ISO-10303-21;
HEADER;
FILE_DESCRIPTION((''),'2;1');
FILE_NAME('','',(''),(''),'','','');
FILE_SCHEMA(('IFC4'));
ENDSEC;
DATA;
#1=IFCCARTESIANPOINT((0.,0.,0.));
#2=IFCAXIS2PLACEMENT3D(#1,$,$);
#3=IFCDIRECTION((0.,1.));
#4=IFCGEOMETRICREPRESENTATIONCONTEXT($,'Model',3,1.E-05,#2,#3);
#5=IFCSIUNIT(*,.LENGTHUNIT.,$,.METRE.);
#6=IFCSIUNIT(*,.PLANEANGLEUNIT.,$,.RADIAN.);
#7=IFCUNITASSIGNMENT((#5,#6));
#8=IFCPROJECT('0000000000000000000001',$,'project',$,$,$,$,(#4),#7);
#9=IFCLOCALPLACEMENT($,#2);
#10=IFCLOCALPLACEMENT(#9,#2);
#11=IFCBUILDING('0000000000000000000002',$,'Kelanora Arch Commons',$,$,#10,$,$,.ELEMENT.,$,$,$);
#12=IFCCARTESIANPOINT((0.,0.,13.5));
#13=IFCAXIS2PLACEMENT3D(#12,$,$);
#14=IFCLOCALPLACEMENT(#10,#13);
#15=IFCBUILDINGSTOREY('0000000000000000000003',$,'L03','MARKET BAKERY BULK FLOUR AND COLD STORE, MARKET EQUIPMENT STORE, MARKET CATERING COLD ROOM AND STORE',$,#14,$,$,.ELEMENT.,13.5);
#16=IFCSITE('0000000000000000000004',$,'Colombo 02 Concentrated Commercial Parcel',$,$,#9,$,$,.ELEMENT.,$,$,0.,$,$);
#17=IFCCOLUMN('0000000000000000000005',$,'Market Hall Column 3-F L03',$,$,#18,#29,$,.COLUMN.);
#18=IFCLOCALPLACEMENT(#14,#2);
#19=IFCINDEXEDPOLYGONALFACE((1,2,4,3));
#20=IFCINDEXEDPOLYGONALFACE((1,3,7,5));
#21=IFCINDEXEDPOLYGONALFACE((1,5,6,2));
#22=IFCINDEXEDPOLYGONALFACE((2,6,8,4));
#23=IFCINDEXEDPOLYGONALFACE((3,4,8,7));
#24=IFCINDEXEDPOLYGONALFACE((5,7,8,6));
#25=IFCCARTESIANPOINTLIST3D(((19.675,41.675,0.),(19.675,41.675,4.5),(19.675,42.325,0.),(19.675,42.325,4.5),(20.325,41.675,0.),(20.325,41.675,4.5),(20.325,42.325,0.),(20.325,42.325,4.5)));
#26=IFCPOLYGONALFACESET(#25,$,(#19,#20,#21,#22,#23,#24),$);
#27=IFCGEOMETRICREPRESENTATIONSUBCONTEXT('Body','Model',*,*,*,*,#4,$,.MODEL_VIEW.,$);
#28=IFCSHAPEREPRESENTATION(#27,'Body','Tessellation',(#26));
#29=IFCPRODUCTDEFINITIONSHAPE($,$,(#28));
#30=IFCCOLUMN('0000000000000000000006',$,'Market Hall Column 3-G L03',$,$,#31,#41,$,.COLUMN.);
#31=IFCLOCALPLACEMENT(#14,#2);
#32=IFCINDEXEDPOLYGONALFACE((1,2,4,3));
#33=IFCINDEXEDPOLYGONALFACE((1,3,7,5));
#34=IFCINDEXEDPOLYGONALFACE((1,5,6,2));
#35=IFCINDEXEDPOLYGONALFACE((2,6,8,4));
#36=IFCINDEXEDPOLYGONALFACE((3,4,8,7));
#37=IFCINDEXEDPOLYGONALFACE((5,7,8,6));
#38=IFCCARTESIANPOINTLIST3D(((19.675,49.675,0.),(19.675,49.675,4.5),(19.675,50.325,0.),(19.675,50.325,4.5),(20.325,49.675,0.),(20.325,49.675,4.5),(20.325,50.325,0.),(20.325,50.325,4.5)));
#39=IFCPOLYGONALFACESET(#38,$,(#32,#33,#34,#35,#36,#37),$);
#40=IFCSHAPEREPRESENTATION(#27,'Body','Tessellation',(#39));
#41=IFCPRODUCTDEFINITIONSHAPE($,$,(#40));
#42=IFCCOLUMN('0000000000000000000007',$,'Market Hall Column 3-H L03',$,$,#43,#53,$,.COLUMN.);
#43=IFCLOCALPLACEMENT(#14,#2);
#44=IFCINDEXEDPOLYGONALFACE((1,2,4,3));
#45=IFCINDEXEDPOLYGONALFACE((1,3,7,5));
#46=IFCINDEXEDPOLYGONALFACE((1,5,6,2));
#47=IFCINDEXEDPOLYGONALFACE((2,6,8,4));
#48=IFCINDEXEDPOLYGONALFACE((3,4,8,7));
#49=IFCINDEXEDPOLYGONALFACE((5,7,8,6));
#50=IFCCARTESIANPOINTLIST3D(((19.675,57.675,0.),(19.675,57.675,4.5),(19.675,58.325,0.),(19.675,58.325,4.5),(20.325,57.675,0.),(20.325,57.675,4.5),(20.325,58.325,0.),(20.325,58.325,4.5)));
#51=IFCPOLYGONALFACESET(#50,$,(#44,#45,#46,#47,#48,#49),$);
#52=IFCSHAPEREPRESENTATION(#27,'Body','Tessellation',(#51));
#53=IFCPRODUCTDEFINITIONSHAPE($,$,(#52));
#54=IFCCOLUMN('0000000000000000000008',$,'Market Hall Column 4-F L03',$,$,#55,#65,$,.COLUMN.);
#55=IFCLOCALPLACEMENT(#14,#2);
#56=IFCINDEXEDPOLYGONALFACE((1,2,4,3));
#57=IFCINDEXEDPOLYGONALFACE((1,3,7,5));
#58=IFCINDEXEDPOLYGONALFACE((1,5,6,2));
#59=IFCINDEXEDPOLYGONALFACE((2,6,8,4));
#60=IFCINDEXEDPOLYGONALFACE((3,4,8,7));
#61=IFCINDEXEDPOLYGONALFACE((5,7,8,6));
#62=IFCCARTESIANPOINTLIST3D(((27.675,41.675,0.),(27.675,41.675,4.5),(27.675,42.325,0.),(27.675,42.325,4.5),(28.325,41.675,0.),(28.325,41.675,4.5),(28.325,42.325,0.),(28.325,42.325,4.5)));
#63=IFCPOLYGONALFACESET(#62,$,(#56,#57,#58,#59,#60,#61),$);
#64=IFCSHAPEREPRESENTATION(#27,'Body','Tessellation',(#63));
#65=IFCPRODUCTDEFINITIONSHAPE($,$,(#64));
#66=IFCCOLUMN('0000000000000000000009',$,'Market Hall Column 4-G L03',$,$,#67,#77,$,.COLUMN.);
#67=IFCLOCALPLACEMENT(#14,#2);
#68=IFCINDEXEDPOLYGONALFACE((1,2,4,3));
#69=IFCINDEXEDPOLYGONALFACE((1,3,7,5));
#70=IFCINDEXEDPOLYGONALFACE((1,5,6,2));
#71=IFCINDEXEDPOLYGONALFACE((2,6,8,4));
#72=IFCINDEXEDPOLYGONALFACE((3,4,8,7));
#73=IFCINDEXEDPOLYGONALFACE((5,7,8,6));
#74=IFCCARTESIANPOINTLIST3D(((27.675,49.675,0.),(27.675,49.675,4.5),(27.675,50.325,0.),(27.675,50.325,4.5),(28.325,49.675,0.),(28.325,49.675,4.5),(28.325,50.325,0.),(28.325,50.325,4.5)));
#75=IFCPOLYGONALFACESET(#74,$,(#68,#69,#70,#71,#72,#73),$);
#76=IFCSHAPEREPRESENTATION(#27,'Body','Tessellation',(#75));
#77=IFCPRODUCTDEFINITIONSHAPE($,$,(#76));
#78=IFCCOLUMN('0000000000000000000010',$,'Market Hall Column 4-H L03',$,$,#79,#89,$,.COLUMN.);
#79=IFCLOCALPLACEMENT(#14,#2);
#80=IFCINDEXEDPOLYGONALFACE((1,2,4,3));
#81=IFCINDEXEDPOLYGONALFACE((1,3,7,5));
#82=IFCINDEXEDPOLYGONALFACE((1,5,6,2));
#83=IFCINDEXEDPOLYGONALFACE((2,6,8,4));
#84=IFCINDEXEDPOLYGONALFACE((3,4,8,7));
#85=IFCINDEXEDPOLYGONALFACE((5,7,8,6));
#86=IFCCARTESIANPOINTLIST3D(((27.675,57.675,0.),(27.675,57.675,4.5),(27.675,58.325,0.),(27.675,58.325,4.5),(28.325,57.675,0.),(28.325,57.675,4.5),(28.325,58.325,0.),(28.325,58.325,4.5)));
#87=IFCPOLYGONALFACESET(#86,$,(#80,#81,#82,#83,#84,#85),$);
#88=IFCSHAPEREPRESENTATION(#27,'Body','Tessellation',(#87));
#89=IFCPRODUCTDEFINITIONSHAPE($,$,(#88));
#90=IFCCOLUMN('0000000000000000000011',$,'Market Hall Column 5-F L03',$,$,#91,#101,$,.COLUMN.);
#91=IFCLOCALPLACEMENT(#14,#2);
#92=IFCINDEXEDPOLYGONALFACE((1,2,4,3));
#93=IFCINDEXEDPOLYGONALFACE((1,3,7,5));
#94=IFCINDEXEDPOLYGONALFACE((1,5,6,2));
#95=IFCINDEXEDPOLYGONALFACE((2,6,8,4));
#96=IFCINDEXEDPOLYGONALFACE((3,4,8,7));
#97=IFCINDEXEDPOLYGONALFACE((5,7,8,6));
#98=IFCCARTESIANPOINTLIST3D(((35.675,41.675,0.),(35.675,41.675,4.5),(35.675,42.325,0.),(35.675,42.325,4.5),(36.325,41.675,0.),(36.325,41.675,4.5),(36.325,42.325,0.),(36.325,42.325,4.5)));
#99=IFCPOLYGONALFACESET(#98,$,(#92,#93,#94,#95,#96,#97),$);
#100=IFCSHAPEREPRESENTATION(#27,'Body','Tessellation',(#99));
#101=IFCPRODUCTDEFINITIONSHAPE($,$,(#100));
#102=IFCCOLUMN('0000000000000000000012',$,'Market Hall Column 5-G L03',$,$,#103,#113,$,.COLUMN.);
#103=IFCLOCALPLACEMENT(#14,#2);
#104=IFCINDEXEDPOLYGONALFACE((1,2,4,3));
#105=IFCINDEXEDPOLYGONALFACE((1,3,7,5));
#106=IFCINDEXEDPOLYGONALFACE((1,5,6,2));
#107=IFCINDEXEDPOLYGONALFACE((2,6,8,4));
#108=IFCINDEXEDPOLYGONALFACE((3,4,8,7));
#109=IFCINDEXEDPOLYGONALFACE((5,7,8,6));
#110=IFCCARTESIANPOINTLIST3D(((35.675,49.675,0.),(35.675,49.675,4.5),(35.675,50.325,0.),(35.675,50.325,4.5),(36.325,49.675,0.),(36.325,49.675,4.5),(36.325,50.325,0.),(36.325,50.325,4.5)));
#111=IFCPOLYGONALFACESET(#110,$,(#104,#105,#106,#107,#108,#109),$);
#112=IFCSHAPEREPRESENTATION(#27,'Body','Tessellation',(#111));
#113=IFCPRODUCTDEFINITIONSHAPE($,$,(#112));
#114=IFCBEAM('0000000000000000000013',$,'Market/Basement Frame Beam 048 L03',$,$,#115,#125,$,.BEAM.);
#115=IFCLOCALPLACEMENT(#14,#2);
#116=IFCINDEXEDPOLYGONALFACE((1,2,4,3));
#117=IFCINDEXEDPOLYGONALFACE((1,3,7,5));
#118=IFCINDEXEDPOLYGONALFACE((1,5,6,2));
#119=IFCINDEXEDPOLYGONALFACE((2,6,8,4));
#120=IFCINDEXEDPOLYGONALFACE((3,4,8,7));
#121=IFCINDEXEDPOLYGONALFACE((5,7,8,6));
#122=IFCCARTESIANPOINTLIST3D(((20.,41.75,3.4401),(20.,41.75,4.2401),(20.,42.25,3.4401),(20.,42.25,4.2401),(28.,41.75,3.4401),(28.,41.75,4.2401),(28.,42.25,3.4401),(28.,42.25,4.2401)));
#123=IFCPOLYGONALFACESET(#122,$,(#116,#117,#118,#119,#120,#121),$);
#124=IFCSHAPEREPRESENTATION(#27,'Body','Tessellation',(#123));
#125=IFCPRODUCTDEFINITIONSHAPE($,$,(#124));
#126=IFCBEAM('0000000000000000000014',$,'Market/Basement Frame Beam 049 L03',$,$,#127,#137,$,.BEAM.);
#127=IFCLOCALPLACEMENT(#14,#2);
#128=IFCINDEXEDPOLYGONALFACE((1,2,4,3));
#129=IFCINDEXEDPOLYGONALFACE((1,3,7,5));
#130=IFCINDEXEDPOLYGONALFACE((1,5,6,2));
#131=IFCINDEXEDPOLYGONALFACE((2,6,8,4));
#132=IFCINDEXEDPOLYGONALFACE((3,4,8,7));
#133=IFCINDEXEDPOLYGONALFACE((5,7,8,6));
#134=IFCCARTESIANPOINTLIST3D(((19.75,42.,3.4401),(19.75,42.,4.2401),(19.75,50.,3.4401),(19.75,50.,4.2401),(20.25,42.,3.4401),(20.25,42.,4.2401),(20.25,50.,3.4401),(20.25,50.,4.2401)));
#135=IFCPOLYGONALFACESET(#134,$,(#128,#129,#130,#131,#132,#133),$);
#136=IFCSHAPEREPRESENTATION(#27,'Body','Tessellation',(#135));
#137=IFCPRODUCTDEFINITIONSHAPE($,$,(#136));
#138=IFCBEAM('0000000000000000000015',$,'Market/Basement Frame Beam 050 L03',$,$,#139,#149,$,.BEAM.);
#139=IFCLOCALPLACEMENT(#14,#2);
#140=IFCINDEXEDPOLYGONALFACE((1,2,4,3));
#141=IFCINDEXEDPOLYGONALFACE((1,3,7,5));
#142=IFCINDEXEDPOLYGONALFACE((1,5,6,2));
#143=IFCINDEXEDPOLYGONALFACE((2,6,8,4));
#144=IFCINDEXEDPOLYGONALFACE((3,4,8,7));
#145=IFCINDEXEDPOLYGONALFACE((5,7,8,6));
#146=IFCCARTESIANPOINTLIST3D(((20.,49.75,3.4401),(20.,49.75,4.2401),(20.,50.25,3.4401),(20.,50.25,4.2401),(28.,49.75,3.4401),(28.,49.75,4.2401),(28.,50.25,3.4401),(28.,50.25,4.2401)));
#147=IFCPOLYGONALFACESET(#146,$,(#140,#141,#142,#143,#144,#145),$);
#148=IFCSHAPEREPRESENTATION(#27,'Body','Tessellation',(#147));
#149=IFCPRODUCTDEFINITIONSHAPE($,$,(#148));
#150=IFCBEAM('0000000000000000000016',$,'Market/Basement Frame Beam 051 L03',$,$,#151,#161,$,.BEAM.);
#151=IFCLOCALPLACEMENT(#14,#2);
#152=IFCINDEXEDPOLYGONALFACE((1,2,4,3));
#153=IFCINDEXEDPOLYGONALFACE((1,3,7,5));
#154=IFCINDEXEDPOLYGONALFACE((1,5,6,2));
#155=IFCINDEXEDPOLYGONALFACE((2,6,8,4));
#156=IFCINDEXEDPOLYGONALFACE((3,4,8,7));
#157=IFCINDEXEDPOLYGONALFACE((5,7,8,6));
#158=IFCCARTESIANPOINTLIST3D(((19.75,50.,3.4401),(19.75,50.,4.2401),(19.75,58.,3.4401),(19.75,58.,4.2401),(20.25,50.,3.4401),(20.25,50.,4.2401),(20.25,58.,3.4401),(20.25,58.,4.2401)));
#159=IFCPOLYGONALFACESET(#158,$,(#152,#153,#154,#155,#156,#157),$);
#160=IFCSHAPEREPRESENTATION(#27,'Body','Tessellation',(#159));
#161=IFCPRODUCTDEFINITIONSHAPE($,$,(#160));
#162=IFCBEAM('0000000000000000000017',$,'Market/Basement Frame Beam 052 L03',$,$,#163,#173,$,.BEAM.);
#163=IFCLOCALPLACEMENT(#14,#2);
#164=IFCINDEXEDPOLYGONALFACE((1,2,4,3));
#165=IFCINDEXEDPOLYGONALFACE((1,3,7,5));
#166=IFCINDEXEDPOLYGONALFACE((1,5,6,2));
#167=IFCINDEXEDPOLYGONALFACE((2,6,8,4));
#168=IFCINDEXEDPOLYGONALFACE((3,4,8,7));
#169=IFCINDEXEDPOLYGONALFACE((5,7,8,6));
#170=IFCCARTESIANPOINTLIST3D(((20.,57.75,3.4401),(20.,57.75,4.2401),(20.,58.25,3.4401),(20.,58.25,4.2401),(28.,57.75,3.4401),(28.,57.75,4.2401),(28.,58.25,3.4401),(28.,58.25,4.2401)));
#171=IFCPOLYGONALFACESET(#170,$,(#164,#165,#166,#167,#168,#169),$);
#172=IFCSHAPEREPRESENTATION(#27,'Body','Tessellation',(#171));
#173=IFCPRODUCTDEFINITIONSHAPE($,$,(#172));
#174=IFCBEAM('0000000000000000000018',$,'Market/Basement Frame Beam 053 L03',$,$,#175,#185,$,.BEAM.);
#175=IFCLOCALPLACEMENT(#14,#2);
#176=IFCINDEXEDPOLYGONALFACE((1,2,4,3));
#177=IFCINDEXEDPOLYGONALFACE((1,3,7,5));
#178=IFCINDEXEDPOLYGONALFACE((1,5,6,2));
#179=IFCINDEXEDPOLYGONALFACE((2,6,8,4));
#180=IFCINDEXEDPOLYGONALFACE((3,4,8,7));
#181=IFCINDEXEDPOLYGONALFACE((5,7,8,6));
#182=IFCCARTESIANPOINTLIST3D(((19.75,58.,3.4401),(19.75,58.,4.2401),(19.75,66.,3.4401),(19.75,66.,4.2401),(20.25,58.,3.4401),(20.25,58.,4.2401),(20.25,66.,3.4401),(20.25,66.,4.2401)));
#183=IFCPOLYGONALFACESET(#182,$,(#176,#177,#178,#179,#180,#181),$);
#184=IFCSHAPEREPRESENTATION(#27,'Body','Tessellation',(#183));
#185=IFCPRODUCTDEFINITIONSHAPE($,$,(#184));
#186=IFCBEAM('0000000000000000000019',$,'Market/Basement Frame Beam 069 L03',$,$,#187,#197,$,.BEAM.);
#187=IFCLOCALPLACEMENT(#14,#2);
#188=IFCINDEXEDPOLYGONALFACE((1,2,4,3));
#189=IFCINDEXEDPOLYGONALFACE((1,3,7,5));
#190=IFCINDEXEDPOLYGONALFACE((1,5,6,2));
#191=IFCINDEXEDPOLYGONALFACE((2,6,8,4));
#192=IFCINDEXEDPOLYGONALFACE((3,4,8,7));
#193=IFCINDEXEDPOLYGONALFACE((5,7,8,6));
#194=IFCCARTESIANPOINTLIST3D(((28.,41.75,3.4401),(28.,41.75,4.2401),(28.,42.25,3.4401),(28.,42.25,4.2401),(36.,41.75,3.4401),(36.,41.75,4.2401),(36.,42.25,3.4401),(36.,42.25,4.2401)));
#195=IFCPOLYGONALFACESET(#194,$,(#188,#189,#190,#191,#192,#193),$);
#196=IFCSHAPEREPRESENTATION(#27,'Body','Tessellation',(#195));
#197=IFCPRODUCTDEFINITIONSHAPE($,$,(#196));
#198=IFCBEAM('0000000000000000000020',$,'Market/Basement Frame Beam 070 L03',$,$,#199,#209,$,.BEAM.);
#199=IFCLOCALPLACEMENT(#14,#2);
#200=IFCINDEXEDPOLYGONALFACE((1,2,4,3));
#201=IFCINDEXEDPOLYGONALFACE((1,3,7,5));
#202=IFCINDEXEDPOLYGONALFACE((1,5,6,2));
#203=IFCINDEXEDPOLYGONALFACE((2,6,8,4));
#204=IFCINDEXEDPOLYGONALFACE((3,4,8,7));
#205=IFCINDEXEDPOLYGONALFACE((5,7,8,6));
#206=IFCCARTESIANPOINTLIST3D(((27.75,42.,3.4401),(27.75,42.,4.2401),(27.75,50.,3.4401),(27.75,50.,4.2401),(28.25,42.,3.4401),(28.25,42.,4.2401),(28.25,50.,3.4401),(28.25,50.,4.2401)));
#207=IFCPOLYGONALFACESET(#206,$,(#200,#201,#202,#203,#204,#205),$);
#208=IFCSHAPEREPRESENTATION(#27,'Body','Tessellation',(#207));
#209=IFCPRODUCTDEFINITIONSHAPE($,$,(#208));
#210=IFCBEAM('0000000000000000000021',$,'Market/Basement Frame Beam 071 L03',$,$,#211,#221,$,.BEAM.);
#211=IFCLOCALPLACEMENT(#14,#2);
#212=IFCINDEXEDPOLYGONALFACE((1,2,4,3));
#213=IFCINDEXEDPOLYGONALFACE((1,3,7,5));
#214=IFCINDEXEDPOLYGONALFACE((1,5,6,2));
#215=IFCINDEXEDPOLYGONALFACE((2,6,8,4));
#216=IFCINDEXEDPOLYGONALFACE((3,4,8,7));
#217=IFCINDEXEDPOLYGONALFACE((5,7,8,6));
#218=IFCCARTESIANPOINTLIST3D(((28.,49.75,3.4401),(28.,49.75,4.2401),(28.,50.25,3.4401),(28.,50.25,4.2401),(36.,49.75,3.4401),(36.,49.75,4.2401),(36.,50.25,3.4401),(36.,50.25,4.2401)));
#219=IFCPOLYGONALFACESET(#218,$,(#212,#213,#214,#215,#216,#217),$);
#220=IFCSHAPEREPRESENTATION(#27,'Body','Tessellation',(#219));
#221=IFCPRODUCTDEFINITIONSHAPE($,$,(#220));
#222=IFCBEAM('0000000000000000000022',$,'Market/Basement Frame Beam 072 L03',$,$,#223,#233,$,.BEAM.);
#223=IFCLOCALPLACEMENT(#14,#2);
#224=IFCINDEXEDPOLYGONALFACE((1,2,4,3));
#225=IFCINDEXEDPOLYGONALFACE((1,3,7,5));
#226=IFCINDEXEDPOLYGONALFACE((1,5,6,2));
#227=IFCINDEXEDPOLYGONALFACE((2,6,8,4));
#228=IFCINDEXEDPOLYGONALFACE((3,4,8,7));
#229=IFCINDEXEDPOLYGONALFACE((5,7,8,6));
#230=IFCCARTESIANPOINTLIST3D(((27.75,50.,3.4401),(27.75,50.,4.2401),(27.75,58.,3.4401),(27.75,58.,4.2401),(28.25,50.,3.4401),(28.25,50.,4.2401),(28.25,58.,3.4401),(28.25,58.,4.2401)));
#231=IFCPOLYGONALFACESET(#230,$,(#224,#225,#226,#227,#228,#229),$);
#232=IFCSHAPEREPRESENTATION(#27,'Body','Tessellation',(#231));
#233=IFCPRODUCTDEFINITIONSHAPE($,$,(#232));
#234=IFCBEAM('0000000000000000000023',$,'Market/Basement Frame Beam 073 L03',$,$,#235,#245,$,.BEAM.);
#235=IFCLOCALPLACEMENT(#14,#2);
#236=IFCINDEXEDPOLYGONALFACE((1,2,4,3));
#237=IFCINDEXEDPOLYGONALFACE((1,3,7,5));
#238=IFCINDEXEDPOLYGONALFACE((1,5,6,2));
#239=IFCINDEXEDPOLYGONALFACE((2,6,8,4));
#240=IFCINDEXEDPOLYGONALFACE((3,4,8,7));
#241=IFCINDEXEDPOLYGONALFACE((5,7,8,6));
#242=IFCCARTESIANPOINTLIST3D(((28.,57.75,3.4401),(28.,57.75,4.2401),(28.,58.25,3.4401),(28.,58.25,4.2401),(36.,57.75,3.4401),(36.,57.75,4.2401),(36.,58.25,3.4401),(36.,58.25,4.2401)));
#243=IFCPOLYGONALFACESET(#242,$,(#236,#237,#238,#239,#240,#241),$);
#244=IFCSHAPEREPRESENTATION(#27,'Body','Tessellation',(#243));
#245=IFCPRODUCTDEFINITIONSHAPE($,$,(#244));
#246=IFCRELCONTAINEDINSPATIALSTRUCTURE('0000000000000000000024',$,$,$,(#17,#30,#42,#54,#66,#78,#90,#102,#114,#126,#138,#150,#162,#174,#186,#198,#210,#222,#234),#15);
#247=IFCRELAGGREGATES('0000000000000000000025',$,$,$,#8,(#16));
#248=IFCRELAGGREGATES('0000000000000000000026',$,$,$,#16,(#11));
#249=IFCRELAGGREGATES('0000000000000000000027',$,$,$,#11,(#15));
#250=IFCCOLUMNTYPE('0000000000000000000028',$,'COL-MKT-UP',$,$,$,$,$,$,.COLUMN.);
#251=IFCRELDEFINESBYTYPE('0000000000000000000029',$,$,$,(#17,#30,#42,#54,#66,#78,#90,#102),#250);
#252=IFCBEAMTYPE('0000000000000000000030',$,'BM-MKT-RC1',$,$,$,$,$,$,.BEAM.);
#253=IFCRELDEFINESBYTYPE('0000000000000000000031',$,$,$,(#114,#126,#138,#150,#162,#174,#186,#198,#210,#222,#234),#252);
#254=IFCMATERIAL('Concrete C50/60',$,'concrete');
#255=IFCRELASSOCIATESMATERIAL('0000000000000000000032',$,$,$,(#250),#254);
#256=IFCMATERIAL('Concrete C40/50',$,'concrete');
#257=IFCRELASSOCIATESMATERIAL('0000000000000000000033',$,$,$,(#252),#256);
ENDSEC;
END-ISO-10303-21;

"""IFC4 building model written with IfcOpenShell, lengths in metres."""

from ifc_helpers import new_model, si_unit, direction, frame, origin, origin_2d, place, context, subcontext, project, spatial, rectangle, extrude, material, material_profile, profile_set, type_object, element, save


model = new_model("IFC4")

# Units and contexts
model_context = context("Model", 3, precision=1e-05, world=origin(), true_north=direction((0.0, 1.0)))
body_context = subcontext(model_context, "Body", "Model", "MODEL_VIEW")
ifc_project = project(units=[si_unit("LENGTHUNIT", "METRE"), si_unit("PLANEANGLEUNIT", "RADIAN")], contexts=[model_context])

# Site, building, storey
site_placement = place(None, origin())
site = spatial("IfcSite", under=ifc_project, at=site_placement, Name="Colombo 02 Concentrated Commercial Parcel", CompositionType="ELEMENT", RefElevation=0.0)
building_placement = place(site_placement, origin())
building = spatial("IfcBuilding", under=site, at=building_placement, Name="Kelanora Arch Commons", CompositionType="ELEMENT")
storey_placement = place(building_placement, frame((0.0, 0.0, 13.5)))
storey = spatial("IfcBuildingStorey", under=building, at=storey_placement, Name="L03", Description="MARKET BAKERY BULK FLOUR AND COLD STORE, MARKET EQUIPMENT STORE, MARKET CATERING COLD ROOM AND STORE", CompositionType="ELEMENT", Elevation=13.5)

# Columns
ifc_material_1 = material(Name="Concrete C50/60", Category="concrete")
ifc_material_profile_1 = material_profile(ifc_material_1, rectangle(XDim=0.6499, YDim=0.6499, at=origin_2d()), Name="RC650x650")
ifc_profile_set_1 = profile_set([ifc_material_profile_1], Name="Concrete C50/60")
column_type = type_object("IfcColumnType", Name="COL-MKT-UP", PredefinedType="COLUMN", material=ifc_profile_set_1)
for number, where, z_axis, x_axis, name in (
    (1, (20.0, 42.0, 0.0), (0.0, 0.0, 1.0), (1.0, 0.0, 0.0), "Market Hall Column 3-F L03"),
    (2, (20.0, 50.0, 0.0), (0.0, 0.0, 1.0), (1.0, 0.0, 0.0), "Market Hall Column 3-G L03"),
    (3, (20.0, 58.0, 0.0), (0.0, 0.0, 1.0), (1.0, 0.0, 0.0), "Market Hall Column 3-H L03"),
    (4, (28.0, 42.0, 0.0), (0.0, 0.0, 1.0), (1.0, 0.0, 0.0), "Market Hall Column 4-F L03"),
    (5, (28.0, 50.0, 0.0), (0.0, 0.0, 1.0), (1.0, 0.0, 0.0), "Market Hall Column 4-G L03"),
    (6, (28.0, 58.0, 0.0), (0.0, 0.0, 1.0), (1.0, 0.0, 0.0), "Market Hall Column 4-H L03"),
    (7, (36.0, 42.0, 0.0), (0.0, 0.0, 1.0), (1.0, 0.0, 0.0), "Market Hall Column 5-F L03"),
    (8, (36.0, 50.0, 0.0), (0.0, 0.0, 1.0), (1.0, 0.0, 0.0), "Market Hall Column 5-G L03"),
):
    element("IfcColumn", number, at=place(storey_placement, frame(where, z_axis=z_axis, x_axis=x_axis)), inside=storey, type_object=column_type, Name=name, PredefinedType="COLUMN", context=body_context, shape_type="SweptSolid", body=[
        extrude(rectangle(XDim=0.6499, YDim=0.6499, at=origin_2d()), origin(), (0.0, 0.0, 1.0), 4.5),
    ])

# Beams
ifc_material_2 = material(Name="Concrete C40/50", Category="concrete")
ifc_material_profile_2 = material_profile(ifc_material_2, rectangle(XDim=0.5, YDim=0.8, at=origin_2d()), Name="RCB500x800")
ifc_profile_set_2 = profile_set([ifc_material_profile_2], Name="Concrete C40/50")
beam_type = type_object("IfcBeamType", Name="BM-MKT-RC1", PredefinedType="BEAM", material=ifc_profile_set_2)
for number, where, z_axis, x_axis, name in (
    (9, (20.0, 42.0, 3.8401), (1.0, 0.0, 0.0), (0.0, 1.0, 0.0), "Market/Basement Frame Beam 048 L03"),
    (10, (20.0, 42.0, 3.8401), (0.0, 1.0, 0.0), (-1.0, 0.0, 0.0), "Market/Basement Frame Beam 049 L03"),
    (11, (20.0, 50.0, 3.8401), (1.0, 0.0, 0.0), (0.0, 1.0, 0.0), "Market/Basement Frame Beam 050 L03"),
    (12, (20.0, 50.0, 3.8401), (0.0, 1.0, 0.0), (-1.0, 0.0, 0.0), "Market/Basement Frame Beam 051 L03"),
    (13, (20.0, 58.0, 3.8401), (1.0, 0.0, 0.0), (0.0, 1.0, 0.0), "Market/Basement Frame Beam 052 L03"),
    (14, (20.0, 58.0, 3.8401), (0.0, 1.0, 0.0), (-1.0, 0.0, 0.0), "Market/Basement Frame Beam 053 L03"),
    (15, (28.0, 42.0, 3.8401), (1.0, 0.0, 0.0), (0.0, 1.0, 0.0), "Market/Basement Frame Beam 069 L03"),
    (16, (28.0, 42.0, 3.8401), (0.0, 1.0, 0.0), (-1.0, 0.0, 0.0), "Market/Basement Frame Beam 070 L03"),
    (17, (28.0, 50.0, 3.8401), (1.0, 0.0, 0.0), (0.0, 1.0, 0.0), "Market/Basement Frame Beam 071 L03"),
    (18, (28.0, 50.0, 3.8401), (0.0, 1.0, 0.0), (-1.0, 0.0, 0.0), "Market/Basement Frame Beam 072 L03"),
    (19, (28.0, 58.0, 3.8401), (1.0, 0.0, 0.0), (0.0, 1.0, 0.0), "Market/Basement Frame Beam 073 L03"),
):
    element("IfcBeam", number, at=place(storey_placement, frame(where, z_axis=z_axis, x_axis=x_axis)), inside=storey, type_object=beam_type, Name=name, PredefinedType="BEAM", context=body_context, shape_type="SweptSolid", body=[
        extrude(rectangle(XDim=0.5, YDim=0.8, at=origin_2d()), origin(), (0.0, 0.0, 1.0), 8.0),
    ])

save(model, "model.ifc")
